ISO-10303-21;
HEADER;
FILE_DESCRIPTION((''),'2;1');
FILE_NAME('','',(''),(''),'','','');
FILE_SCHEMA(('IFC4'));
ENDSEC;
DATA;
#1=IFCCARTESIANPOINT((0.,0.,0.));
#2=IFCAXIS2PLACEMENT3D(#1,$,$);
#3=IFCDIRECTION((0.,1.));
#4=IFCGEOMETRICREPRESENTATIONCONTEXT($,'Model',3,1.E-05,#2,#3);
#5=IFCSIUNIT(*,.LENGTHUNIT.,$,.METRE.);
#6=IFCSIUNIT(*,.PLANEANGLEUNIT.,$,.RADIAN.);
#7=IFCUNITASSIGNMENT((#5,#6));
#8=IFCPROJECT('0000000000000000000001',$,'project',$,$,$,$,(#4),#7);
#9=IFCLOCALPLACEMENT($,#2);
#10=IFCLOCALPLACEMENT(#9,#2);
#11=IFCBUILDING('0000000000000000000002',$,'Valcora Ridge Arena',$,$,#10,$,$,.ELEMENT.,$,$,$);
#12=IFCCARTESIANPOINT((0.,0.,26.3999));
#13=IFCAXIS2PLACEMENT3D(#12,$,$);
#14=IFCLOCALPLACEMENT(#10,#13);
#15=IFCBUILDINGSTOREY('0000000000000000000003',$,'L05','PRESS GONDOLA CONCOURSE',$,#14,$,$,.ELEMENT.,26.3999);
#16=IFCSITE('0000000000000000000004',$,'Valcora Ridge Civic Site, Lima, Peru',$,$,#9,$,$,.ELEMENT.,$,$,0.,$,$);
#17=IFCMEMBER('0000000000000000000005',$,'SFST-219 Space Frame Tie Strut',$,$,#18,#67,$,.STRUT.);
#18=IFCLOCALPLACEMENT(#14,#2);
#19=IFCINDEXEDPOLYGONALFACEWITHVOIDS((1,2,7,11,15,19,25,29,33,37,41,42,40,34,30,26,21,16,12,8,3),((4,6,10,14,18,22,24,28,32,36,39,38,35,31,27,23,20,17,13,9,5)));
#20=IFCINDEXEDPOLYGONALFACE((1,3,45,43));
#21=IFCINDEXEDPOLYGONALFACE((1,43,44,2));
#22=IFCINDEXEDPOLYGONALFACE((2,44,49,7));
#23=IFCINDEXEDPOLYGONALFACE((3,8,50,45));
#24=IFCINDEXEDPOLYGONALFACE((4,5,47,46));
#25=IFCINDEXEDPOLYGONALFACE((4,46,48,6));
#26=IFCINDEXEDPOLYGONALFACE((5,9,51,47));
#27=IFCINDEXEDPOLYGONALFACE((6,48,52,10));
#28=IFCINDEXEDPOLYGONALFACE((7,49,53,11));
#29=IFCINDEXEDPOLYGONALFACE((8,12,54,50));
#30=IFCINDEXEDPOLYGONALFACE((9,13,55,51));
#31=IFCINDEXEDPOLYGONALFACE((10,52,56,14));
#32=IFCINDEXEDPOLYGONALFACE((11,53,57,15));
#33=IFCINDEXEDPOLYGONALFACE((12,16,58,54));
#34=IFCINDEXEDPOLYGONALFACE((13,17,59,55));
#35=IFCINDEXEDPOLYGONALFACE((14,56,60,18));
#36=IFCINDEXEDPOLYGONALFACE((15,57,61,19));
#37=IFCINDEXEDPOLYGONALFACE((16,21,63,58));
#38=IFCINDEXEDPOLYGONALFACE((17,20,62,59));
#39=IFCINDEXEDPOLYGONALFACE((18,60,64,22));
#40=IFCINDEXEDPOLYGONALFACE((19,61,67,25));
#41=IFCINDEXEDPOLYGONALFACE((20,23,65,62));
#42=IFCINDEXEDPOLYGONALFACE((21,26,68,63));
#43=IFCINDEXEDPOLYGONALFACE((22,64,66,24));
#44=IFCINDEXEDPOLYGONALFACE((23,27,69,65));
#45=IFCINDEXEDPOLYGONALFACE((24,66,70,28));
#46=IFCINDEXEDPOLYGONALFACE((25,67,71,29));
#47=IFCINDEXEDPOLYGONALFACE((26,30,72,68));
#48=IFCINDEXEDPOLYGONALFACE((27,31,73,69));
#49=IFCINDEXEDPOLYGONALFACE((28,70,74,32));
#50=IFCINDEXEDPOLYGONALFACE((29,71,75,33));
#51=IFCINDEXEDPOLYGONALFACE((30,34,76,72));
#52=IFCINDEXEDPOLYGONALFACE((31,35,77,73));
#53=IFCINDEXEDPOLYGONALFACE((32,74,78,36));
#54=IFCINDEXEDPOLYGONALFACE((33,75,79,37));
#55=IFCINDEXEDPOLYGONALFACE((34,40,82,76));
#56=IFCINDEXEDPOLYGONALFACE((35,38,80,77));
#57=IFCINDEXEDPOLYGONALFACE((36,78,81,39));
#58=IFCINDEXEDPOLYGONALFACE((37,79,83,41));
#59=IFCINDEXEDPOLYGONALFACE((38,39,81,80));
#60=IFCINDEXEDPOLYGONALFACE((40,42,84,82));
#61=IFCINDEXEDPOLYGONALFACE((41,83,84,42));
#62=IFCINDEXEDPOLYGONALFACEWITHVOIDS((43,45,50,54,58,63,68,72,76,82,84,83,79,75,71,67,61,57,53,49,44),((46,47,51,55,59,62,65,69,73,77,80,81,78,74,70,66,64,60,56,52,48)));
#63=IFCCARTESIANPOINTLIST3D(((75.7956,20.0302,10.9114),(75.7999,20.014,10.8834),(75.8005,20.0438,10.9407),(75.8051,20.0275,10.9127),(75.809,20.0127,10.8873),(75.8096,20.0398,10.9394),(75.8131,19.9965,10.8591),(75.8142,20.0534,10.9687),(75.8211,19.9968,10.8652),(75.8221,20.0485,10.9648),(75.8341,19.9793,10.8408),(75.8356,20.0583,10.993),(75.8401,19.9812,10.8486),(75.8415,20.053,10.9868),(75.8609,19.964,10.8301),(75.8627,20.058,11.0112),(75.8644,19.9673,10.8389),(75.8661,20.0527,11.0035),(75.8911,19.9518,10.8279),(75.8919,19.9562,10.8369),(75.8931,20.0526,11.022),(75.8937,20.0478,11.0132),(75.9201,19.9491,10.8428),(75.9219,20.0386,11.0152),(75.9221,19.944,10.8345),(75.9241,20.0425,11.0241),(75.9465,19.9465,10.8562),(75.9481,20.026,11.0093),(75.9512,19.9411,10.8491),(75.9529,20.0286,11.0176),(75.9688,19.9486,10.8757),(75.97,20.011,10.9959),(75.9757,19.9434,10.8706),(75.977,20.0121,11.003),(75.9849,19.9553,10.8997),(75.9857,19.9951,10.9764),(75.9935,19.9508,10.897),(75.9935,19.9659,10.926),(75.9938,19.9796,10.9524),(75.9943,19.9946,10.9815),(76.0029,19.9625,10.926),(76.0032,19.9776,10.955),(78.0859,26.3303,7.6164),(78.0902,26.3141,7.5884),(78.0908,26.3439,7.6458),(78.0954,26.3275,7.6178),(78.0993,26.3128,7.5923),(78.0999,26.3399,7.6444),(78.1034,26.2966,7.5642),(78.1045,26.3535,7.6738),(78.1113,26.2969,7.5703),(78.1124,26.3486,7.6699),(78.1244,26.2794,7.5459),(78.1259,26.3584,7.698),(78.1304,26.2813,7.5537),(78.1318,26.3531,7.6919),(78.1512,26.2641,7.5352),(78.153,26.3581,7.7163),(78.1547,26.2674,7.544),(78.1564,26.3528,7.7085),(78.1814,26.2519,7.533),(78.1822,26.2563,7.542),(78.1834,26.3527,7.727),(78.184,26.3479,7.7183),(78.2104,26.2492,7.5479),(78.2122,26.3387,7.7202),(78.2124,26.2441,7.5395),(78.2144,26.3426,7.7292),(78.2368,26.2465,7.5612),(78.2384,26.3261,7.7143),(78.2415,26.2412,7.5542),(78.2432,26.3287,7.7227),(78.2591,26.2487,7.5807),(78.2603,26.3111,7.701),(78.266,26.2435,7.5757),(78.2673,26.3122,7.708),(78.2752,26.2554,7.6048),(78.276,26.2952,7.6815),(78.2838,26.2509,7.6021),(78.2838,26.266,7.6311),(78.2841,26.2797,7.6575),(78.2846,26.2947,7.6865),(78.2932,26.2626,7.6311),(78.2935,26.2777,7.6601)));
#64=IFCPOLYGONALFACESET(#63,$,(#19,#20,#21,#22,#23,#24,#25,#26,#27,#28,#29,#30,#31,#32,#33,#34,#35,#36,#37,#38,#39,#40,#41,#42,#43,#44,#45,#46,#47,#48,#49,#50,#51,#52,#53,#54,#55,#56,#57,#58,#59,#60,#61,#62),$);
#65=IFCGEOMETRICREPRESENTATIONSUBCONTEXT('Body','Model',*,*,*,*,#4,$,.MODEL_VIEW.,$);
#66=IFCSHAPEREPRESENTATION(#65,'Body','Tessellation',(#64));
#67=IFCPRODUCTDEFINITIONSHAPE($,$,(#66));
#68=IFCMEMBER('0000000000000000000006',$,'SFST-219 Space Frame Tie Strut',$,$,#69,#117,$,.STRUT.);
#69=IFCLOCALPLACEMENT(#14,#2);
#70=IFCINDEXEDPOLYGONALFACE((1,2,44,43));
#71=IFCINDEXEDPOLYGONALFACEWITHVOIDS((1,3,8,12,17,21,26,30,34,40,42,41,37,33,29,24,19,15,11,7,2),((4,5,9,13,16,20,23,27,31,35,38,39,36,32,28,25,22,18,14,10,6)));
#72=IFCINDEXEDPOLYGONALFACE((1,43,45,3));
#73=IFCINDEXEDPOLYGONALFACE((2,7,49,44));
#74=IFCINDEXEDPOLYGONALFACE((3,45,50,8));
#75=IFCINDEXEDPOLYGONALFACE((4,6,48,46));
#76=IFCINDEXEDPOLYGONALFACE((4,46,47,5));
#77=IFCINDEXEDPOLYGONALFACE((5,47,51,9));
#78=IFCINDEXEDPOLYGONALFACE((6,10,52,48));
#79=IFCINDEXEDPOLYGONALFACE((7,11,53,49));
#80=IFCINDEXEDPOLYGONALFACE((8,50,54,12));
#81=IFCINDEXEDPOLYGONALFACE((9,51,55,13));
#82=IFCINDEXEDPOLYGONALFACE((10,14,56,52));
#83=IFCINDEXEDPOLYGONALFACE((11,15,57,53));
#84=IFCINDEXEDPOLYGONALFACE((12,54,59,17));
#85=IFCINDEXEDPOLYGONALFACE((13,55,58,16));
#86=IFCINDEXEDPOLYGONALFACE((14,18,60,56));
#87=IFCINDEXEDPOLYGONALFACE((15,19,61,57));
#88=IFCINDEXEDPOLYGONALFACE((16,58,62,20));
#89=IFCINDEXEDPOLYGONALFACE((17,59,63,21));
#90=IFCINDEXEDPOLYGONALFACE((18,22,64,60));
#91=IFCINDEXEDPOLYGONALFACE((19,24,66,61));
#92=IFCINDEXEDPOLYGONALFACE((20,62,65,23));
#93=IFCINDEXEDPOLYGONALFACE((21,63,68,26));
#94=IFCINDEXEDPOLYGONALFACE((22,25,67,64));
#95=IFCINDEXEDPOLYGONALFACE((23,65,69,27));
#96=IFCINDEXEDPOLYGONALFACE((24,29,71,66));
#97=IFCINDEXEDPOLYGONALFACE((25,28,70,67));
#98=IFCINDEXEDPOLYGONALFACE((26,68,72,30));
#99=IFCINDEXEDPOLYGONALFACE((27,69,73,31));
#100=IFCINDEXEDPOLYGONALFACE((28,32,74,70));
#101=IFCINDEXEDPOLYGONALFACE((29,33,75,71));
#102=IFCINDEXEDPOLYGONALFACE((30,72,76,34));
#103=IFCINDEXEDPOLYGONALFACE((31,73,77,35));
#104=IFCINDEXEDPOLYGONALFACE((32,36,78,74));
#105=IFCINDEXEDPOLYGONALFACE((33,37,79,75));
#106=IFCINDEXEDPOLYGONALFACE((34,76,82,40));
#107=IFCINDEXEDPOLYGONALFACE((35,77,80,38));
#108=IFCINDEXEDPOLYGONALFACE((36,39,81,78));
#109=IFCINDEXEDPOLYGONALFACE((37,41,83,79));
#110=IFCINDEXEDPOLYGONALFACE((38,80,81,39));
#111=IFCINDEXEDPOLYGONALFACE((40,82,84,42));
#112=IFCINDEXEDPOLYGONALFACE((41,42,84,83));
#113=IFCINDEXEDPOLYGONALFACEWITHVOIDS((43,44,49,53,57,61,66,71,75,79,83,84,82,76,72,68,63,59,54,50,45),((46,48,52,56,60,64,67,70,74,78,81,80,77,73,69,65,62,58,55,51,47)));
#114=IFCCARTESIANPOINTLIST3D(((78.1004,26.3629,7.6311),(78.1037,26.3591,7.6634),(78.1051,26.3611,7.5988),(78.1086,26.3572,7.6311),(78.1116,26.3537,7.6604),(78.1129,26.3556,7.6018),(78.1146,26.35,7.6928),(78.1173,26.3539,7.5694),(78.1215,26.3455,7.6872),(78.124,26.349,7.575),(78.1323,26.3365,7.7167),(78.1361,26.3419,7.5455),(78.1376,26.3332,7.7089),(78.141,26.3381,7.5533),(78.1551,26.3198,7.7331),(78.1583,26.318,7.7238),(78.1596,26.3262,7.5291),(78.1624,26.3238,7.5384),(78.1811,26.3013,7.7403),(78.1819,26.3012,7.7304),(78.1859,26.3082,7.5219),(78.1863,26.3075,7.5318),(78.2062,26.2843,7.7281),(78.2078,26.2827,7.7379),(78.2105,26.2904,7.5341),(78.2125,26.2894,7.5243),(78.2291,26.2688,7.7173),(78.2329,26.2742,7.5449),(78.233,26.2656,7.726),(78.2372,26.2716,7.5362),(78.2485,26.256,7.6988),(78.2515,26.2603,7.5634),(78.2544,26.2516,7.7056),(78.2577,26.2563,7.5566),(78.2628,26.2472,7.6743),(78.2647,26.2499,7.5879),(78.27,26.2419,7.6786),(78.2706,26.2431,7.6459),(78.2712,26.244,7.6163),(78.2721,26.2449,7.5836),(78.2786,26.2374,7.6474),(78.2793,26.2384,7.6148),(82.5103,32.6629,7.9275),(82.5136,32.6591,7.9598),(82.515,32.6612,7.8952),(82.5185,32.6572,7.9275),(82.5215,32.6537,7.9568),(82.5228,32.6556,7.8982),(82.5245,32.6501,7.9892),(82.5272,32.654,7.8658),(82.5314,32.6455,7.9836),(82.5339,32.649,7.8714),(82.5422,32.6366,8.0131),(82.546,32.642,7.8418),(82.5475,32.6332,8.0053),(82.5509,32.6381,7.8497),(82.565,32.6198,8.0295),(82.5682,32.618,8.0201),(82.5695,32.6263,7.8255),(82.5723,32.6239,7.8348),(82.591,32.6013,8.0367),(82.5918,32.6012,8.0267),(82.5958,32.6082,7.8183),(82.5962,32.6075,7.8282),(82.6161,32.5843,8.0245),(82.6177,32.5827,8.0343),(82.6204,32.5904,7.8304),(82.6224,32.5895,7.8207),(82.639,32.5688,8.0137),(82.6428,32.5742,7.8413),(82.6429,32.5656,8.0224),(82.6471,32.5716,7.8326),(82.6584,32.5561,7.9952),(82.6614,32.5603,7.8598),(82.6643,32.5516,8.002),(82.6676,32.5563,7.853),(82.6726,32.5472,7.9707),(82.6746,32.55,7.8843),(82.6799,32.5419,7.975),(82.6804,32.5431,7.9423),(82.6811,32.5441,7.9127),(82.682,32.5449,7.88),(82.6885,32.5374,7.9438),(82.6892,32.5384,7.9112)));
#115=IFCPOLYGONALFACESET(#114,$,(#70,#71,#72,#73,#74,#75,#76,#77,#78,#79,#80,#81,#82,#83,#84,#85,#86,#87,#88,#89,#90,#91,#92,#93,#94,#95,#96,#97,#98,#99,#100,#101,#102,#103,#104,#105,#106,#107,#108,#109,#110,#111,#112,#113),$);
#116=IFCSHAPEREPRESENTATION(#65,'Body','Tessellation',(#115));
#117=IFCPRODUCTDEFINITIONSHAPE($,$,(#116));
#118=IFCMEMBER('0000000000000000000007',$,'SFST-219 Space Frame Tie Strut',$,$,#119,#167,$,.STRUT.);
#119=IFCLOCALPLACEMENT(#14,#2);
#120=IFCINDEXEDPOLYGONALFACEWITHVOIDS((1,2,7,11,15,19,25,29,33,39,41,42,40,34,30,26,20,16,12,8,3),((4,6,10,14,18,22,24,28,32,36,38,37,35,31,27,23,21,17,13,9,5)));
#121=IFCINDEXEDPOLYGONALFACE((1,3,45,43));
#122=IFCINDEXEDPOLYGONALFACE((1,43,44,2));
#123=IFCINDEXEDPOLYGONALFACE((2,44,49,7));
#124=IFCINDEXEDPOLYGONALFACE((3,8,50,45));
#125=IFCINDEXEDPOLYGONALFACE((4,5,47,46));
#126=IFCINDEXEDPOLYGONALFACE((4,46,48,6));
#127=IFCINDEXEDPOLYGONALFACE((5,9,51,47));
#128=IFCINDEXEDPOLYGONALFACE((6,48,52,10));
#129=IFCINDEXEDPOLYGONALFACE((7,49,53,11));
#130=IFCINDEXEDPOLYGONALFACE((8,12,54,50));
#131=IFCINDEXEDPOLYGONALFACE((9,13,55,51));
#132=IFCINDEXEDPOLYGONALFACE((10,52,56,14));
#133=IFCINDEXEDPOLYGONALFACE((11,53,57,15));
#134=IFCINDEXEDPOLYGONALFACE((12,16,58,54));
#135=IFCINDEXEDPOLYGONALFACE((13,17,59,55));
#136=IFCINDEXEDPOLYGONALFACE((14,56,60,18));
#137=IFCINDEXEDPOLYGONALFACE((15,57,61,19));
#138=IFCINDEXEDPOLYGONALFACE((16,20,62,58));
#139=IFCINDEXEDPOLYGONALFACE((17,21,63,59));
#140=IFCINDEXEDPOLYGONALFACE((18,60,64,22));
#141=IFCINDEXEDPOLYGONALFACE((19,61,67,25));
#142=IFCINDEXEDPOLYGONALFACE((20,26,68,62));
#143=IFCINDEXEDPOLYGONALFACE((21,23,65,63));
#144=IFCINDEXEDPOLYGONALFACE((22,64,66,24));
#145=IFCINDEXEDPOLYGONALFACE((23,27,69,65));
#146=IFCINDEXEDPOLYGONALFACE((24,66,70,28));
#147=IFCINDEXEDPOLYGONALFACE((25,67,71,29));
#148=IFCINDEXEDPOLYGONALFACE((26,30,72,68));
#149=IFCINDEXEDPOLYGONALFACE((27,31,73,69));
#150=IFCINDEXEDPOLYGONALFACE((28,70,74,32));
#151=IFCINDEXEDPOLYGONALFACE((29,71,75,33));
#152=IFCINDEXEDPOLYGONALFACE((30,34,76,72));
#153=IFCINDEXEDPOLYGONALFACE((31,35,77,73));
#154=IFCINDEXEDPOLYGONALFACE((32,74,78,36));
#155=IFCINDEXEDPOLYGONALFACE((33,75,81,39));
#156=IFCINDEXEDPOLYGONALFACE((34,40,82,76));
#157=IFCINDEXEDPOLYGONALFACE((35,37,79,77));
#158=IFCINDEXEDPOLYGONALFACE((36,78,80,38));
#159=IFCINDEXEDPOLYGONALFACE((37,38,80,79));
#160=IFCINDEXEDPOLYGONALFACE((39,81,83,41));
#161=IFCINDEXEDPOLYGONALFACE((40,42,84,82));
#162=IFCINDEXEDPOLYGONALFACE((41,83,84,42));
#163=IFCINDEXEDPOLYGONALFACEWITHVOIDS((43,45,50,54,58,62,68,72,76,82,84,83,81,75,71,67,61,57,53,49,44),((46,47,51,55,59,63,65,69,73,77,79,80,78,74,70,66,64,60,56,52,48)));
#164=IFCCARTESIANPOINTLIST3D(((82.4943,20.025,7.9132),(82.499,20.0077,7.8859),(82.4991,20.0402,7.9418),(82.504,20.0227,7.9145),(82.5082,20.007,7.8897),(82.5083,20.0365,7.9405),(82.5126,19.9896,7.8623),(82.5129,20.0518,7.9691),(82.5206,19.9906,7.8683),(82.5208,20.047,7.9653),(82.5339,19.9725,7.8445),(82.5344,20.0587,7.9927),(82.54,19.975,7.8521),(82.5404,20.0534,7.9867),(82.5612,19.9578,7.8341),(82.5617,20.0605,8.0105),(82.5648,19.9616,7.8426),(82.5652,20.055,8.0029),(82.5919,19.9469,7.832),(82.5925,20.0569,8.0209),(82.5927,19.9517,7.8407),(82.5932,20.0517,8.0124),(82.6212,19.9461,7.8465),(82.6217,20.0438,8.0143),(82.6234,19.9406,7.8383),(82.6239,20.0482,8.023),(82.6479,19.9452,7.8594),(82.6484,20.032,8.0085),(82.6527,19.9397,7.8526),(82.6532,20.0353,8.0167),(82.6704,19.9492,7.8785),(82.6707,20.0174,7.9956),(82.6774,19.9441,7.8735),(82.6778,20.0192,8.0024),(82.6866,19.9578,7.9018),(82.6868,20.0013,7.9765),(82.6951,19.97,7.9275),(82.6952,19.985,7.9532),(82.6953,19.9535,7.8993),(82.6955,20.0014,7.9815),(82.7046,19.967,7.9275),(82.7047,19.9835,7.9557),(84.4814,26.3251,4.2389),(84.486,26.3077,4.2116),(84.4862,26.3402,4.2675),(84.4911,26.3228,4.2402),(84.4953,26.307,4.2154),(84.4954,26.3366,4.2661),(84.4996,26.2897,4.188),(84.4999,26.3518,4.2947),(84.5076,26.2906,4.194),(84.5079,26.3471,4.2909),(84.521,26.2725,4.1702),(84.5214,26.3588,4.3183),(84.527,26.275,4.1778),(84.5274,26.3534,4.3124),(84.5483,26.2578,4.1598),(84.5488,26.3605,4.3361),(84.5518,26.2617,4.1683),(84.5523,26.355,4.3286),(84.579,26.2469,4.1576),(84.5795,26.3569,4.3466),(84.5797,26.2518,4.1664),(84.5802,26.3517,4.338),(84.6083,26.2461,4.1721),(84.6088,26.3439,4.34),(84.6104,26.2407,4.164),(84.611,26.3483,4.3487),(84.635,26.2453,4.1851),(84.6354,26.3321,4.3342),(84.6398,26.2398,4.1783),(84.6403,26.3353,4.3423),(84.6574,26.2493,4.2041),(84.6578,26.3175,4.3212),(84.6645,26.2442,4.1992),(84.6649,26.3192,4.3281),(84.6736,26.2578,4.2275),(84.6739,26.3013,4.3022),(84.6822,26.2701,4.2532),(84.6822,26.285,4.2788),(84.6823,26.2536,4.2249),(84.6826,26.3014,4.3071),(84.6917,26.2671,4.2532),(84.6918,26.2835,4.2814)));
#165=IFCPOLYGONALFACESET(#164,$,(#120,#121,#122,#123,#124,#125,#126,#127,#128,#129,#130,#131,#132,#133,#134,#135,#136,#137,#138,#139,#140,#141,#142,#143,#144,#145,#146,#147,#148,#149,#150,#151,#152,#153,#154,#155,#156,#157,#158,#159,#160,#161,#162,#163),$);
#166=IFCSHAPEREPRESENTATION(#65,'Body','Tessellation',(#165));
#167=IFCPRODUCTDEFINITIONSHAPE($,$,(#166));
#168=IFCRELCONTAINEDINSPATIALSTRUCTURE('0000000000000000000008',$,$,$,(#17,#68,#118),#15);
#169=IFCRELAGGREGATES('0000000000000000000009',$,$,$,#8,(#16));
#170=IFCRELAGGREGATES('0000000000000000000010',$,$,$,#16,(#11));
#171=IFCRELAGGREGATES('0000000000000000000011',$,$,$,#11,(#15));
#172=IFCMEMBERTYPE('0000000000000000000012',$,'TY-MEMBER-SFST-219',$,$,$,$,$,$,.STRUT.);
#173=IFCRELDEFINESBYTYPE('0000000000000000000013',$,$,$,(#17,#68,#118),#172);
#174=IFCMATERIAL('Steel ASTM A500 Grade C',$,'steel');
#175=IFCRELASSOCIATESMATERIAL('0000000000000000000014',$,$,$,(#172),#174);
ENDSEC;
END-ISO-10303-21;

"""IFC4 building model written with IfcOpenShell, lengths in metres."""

from ifc_helpers import new_model, si_unit, direction, frame, origin, origin_2d, place, context, subcontext, project, spatial, hollow_circle, extrude, material, material_profile, profile_set, type_object, element, save


model = new_model("IFC4")

# Units and contexts
model_context = context("Model", 3, precision=1e-05, world=origin(), true_north=direction((0.0, 1.0)))
body_context = subcontext(model_context, "Body", "Model", "MODEL_VIEW")
ifc_project = project(units=[si_unit("LENGTHUNIT", "METRE"), si_unit("PLANEANGLEUNIT", "RADIAN")], contexts=[model_context])

# Site, building, storey
site_placement = place(None, origin())
site = spatial("IfcSite", under=ifc_project, at=site_placement, Name="Valcora Ridge Civic Site, Lima, Peru", CompositionType="ELEMENT", RefElevation=0.0)
building_placement = place(site_placement, origin())
building = spatial("IfcBuilding", under=site, at=building_placement, Name="Valcora Ridge Arena", CompositionType="ELEMENT")
storey_placement = place(building_placement, frame((0.0, 0.0, 26.3999)))
storey = spatial("IfcBuildingStorey", under=building, at=storey_placement, Name="L05", Description="PRESS GONDOLA CONCOURSE", CompositionType="ELEMENT", Elevation=26.3999)

# Members
ifc_material_1 = material(Name="Steel ASTM A500 Grade C", Category="steel")
ifc_material_profile_1 = material_profile(ifc_material_1, hollow_circle(Radius=0.1096, WallThickness=0.01, at=origin_2d()), Name="CHS219X10")
ifc_profile_set_1 = profile_set([ifc_material_profile_1], Name="Steel ASTM A500 Grade C")
member_type_1 = type_object("IfcMemberType", Name="TY-MEMBER-SFST-219", PredefinedType="STRUT", material=ifc_profile_set_1)
member_1_placement = place(storey_placement, frame((78.1902, 26.3, 7.6311), z_axis=(-0.306621, -0.843443, 0.44112), x_axis=(0.939824, -0.341658, 0.0)))
element("IfcMember", 1, at=member_1_placement, inside=storey, type_object=member_type_1, Name="SFST-219 Space Frame Tie Strut", PredefinedType="STRUT", context=body_context, shape_type="SweptSolid", body=[
    extrude(hollow_circle(Radius=0.1096, WallThickness=0.01, at=origin_2d()), origin(), (0.0, 0.0, 1.0), 7.4695),
])
member_2_placement = place(storey_placement, frame((78.1902, 26.3, 7.6311), z_axis=(0.573026, 0.818632, 0.038513), x_axis=(-0.819239, 0.573452, 0.0)))
element("IfcMember", 2, at=member_2_placement, inside=storey, type_object=member_type_1, Name="SFST-219 Space Frame Tie Strut", PredefinedType="STRUT", context=body_context, shape_type="SweptSolid", body=[
    extrude(hollow_circle(Radius=0.1096, WallThickness=0.01, at=origin_2d()), origin(), (0.0, 0.0, 1.0), 7.6958),
])
member_3_placement = place(storey_placement, frame((84.5872, 26.3, 4.2532), z_axis=(-0.262871, -0.833442, 0.48608), x_axis=(0.953688, -0.300797, 0.0)))
element("IfcMember", 3, at=member_3_placement, inside=storey, type_object=member_type_1, Name="SFST-219 Space Frame Tie Strut", PredefinedType="STRUT", context=body_context, shape_type="SweptSolid", body=[
    extrude(hollow_circle(Radius=0.1096, WallThickness=0.01, at=origin_2d()), origin(), (0.0, 0.0, 1.0), 7.5591),
])

save(model, "model.ifc")
